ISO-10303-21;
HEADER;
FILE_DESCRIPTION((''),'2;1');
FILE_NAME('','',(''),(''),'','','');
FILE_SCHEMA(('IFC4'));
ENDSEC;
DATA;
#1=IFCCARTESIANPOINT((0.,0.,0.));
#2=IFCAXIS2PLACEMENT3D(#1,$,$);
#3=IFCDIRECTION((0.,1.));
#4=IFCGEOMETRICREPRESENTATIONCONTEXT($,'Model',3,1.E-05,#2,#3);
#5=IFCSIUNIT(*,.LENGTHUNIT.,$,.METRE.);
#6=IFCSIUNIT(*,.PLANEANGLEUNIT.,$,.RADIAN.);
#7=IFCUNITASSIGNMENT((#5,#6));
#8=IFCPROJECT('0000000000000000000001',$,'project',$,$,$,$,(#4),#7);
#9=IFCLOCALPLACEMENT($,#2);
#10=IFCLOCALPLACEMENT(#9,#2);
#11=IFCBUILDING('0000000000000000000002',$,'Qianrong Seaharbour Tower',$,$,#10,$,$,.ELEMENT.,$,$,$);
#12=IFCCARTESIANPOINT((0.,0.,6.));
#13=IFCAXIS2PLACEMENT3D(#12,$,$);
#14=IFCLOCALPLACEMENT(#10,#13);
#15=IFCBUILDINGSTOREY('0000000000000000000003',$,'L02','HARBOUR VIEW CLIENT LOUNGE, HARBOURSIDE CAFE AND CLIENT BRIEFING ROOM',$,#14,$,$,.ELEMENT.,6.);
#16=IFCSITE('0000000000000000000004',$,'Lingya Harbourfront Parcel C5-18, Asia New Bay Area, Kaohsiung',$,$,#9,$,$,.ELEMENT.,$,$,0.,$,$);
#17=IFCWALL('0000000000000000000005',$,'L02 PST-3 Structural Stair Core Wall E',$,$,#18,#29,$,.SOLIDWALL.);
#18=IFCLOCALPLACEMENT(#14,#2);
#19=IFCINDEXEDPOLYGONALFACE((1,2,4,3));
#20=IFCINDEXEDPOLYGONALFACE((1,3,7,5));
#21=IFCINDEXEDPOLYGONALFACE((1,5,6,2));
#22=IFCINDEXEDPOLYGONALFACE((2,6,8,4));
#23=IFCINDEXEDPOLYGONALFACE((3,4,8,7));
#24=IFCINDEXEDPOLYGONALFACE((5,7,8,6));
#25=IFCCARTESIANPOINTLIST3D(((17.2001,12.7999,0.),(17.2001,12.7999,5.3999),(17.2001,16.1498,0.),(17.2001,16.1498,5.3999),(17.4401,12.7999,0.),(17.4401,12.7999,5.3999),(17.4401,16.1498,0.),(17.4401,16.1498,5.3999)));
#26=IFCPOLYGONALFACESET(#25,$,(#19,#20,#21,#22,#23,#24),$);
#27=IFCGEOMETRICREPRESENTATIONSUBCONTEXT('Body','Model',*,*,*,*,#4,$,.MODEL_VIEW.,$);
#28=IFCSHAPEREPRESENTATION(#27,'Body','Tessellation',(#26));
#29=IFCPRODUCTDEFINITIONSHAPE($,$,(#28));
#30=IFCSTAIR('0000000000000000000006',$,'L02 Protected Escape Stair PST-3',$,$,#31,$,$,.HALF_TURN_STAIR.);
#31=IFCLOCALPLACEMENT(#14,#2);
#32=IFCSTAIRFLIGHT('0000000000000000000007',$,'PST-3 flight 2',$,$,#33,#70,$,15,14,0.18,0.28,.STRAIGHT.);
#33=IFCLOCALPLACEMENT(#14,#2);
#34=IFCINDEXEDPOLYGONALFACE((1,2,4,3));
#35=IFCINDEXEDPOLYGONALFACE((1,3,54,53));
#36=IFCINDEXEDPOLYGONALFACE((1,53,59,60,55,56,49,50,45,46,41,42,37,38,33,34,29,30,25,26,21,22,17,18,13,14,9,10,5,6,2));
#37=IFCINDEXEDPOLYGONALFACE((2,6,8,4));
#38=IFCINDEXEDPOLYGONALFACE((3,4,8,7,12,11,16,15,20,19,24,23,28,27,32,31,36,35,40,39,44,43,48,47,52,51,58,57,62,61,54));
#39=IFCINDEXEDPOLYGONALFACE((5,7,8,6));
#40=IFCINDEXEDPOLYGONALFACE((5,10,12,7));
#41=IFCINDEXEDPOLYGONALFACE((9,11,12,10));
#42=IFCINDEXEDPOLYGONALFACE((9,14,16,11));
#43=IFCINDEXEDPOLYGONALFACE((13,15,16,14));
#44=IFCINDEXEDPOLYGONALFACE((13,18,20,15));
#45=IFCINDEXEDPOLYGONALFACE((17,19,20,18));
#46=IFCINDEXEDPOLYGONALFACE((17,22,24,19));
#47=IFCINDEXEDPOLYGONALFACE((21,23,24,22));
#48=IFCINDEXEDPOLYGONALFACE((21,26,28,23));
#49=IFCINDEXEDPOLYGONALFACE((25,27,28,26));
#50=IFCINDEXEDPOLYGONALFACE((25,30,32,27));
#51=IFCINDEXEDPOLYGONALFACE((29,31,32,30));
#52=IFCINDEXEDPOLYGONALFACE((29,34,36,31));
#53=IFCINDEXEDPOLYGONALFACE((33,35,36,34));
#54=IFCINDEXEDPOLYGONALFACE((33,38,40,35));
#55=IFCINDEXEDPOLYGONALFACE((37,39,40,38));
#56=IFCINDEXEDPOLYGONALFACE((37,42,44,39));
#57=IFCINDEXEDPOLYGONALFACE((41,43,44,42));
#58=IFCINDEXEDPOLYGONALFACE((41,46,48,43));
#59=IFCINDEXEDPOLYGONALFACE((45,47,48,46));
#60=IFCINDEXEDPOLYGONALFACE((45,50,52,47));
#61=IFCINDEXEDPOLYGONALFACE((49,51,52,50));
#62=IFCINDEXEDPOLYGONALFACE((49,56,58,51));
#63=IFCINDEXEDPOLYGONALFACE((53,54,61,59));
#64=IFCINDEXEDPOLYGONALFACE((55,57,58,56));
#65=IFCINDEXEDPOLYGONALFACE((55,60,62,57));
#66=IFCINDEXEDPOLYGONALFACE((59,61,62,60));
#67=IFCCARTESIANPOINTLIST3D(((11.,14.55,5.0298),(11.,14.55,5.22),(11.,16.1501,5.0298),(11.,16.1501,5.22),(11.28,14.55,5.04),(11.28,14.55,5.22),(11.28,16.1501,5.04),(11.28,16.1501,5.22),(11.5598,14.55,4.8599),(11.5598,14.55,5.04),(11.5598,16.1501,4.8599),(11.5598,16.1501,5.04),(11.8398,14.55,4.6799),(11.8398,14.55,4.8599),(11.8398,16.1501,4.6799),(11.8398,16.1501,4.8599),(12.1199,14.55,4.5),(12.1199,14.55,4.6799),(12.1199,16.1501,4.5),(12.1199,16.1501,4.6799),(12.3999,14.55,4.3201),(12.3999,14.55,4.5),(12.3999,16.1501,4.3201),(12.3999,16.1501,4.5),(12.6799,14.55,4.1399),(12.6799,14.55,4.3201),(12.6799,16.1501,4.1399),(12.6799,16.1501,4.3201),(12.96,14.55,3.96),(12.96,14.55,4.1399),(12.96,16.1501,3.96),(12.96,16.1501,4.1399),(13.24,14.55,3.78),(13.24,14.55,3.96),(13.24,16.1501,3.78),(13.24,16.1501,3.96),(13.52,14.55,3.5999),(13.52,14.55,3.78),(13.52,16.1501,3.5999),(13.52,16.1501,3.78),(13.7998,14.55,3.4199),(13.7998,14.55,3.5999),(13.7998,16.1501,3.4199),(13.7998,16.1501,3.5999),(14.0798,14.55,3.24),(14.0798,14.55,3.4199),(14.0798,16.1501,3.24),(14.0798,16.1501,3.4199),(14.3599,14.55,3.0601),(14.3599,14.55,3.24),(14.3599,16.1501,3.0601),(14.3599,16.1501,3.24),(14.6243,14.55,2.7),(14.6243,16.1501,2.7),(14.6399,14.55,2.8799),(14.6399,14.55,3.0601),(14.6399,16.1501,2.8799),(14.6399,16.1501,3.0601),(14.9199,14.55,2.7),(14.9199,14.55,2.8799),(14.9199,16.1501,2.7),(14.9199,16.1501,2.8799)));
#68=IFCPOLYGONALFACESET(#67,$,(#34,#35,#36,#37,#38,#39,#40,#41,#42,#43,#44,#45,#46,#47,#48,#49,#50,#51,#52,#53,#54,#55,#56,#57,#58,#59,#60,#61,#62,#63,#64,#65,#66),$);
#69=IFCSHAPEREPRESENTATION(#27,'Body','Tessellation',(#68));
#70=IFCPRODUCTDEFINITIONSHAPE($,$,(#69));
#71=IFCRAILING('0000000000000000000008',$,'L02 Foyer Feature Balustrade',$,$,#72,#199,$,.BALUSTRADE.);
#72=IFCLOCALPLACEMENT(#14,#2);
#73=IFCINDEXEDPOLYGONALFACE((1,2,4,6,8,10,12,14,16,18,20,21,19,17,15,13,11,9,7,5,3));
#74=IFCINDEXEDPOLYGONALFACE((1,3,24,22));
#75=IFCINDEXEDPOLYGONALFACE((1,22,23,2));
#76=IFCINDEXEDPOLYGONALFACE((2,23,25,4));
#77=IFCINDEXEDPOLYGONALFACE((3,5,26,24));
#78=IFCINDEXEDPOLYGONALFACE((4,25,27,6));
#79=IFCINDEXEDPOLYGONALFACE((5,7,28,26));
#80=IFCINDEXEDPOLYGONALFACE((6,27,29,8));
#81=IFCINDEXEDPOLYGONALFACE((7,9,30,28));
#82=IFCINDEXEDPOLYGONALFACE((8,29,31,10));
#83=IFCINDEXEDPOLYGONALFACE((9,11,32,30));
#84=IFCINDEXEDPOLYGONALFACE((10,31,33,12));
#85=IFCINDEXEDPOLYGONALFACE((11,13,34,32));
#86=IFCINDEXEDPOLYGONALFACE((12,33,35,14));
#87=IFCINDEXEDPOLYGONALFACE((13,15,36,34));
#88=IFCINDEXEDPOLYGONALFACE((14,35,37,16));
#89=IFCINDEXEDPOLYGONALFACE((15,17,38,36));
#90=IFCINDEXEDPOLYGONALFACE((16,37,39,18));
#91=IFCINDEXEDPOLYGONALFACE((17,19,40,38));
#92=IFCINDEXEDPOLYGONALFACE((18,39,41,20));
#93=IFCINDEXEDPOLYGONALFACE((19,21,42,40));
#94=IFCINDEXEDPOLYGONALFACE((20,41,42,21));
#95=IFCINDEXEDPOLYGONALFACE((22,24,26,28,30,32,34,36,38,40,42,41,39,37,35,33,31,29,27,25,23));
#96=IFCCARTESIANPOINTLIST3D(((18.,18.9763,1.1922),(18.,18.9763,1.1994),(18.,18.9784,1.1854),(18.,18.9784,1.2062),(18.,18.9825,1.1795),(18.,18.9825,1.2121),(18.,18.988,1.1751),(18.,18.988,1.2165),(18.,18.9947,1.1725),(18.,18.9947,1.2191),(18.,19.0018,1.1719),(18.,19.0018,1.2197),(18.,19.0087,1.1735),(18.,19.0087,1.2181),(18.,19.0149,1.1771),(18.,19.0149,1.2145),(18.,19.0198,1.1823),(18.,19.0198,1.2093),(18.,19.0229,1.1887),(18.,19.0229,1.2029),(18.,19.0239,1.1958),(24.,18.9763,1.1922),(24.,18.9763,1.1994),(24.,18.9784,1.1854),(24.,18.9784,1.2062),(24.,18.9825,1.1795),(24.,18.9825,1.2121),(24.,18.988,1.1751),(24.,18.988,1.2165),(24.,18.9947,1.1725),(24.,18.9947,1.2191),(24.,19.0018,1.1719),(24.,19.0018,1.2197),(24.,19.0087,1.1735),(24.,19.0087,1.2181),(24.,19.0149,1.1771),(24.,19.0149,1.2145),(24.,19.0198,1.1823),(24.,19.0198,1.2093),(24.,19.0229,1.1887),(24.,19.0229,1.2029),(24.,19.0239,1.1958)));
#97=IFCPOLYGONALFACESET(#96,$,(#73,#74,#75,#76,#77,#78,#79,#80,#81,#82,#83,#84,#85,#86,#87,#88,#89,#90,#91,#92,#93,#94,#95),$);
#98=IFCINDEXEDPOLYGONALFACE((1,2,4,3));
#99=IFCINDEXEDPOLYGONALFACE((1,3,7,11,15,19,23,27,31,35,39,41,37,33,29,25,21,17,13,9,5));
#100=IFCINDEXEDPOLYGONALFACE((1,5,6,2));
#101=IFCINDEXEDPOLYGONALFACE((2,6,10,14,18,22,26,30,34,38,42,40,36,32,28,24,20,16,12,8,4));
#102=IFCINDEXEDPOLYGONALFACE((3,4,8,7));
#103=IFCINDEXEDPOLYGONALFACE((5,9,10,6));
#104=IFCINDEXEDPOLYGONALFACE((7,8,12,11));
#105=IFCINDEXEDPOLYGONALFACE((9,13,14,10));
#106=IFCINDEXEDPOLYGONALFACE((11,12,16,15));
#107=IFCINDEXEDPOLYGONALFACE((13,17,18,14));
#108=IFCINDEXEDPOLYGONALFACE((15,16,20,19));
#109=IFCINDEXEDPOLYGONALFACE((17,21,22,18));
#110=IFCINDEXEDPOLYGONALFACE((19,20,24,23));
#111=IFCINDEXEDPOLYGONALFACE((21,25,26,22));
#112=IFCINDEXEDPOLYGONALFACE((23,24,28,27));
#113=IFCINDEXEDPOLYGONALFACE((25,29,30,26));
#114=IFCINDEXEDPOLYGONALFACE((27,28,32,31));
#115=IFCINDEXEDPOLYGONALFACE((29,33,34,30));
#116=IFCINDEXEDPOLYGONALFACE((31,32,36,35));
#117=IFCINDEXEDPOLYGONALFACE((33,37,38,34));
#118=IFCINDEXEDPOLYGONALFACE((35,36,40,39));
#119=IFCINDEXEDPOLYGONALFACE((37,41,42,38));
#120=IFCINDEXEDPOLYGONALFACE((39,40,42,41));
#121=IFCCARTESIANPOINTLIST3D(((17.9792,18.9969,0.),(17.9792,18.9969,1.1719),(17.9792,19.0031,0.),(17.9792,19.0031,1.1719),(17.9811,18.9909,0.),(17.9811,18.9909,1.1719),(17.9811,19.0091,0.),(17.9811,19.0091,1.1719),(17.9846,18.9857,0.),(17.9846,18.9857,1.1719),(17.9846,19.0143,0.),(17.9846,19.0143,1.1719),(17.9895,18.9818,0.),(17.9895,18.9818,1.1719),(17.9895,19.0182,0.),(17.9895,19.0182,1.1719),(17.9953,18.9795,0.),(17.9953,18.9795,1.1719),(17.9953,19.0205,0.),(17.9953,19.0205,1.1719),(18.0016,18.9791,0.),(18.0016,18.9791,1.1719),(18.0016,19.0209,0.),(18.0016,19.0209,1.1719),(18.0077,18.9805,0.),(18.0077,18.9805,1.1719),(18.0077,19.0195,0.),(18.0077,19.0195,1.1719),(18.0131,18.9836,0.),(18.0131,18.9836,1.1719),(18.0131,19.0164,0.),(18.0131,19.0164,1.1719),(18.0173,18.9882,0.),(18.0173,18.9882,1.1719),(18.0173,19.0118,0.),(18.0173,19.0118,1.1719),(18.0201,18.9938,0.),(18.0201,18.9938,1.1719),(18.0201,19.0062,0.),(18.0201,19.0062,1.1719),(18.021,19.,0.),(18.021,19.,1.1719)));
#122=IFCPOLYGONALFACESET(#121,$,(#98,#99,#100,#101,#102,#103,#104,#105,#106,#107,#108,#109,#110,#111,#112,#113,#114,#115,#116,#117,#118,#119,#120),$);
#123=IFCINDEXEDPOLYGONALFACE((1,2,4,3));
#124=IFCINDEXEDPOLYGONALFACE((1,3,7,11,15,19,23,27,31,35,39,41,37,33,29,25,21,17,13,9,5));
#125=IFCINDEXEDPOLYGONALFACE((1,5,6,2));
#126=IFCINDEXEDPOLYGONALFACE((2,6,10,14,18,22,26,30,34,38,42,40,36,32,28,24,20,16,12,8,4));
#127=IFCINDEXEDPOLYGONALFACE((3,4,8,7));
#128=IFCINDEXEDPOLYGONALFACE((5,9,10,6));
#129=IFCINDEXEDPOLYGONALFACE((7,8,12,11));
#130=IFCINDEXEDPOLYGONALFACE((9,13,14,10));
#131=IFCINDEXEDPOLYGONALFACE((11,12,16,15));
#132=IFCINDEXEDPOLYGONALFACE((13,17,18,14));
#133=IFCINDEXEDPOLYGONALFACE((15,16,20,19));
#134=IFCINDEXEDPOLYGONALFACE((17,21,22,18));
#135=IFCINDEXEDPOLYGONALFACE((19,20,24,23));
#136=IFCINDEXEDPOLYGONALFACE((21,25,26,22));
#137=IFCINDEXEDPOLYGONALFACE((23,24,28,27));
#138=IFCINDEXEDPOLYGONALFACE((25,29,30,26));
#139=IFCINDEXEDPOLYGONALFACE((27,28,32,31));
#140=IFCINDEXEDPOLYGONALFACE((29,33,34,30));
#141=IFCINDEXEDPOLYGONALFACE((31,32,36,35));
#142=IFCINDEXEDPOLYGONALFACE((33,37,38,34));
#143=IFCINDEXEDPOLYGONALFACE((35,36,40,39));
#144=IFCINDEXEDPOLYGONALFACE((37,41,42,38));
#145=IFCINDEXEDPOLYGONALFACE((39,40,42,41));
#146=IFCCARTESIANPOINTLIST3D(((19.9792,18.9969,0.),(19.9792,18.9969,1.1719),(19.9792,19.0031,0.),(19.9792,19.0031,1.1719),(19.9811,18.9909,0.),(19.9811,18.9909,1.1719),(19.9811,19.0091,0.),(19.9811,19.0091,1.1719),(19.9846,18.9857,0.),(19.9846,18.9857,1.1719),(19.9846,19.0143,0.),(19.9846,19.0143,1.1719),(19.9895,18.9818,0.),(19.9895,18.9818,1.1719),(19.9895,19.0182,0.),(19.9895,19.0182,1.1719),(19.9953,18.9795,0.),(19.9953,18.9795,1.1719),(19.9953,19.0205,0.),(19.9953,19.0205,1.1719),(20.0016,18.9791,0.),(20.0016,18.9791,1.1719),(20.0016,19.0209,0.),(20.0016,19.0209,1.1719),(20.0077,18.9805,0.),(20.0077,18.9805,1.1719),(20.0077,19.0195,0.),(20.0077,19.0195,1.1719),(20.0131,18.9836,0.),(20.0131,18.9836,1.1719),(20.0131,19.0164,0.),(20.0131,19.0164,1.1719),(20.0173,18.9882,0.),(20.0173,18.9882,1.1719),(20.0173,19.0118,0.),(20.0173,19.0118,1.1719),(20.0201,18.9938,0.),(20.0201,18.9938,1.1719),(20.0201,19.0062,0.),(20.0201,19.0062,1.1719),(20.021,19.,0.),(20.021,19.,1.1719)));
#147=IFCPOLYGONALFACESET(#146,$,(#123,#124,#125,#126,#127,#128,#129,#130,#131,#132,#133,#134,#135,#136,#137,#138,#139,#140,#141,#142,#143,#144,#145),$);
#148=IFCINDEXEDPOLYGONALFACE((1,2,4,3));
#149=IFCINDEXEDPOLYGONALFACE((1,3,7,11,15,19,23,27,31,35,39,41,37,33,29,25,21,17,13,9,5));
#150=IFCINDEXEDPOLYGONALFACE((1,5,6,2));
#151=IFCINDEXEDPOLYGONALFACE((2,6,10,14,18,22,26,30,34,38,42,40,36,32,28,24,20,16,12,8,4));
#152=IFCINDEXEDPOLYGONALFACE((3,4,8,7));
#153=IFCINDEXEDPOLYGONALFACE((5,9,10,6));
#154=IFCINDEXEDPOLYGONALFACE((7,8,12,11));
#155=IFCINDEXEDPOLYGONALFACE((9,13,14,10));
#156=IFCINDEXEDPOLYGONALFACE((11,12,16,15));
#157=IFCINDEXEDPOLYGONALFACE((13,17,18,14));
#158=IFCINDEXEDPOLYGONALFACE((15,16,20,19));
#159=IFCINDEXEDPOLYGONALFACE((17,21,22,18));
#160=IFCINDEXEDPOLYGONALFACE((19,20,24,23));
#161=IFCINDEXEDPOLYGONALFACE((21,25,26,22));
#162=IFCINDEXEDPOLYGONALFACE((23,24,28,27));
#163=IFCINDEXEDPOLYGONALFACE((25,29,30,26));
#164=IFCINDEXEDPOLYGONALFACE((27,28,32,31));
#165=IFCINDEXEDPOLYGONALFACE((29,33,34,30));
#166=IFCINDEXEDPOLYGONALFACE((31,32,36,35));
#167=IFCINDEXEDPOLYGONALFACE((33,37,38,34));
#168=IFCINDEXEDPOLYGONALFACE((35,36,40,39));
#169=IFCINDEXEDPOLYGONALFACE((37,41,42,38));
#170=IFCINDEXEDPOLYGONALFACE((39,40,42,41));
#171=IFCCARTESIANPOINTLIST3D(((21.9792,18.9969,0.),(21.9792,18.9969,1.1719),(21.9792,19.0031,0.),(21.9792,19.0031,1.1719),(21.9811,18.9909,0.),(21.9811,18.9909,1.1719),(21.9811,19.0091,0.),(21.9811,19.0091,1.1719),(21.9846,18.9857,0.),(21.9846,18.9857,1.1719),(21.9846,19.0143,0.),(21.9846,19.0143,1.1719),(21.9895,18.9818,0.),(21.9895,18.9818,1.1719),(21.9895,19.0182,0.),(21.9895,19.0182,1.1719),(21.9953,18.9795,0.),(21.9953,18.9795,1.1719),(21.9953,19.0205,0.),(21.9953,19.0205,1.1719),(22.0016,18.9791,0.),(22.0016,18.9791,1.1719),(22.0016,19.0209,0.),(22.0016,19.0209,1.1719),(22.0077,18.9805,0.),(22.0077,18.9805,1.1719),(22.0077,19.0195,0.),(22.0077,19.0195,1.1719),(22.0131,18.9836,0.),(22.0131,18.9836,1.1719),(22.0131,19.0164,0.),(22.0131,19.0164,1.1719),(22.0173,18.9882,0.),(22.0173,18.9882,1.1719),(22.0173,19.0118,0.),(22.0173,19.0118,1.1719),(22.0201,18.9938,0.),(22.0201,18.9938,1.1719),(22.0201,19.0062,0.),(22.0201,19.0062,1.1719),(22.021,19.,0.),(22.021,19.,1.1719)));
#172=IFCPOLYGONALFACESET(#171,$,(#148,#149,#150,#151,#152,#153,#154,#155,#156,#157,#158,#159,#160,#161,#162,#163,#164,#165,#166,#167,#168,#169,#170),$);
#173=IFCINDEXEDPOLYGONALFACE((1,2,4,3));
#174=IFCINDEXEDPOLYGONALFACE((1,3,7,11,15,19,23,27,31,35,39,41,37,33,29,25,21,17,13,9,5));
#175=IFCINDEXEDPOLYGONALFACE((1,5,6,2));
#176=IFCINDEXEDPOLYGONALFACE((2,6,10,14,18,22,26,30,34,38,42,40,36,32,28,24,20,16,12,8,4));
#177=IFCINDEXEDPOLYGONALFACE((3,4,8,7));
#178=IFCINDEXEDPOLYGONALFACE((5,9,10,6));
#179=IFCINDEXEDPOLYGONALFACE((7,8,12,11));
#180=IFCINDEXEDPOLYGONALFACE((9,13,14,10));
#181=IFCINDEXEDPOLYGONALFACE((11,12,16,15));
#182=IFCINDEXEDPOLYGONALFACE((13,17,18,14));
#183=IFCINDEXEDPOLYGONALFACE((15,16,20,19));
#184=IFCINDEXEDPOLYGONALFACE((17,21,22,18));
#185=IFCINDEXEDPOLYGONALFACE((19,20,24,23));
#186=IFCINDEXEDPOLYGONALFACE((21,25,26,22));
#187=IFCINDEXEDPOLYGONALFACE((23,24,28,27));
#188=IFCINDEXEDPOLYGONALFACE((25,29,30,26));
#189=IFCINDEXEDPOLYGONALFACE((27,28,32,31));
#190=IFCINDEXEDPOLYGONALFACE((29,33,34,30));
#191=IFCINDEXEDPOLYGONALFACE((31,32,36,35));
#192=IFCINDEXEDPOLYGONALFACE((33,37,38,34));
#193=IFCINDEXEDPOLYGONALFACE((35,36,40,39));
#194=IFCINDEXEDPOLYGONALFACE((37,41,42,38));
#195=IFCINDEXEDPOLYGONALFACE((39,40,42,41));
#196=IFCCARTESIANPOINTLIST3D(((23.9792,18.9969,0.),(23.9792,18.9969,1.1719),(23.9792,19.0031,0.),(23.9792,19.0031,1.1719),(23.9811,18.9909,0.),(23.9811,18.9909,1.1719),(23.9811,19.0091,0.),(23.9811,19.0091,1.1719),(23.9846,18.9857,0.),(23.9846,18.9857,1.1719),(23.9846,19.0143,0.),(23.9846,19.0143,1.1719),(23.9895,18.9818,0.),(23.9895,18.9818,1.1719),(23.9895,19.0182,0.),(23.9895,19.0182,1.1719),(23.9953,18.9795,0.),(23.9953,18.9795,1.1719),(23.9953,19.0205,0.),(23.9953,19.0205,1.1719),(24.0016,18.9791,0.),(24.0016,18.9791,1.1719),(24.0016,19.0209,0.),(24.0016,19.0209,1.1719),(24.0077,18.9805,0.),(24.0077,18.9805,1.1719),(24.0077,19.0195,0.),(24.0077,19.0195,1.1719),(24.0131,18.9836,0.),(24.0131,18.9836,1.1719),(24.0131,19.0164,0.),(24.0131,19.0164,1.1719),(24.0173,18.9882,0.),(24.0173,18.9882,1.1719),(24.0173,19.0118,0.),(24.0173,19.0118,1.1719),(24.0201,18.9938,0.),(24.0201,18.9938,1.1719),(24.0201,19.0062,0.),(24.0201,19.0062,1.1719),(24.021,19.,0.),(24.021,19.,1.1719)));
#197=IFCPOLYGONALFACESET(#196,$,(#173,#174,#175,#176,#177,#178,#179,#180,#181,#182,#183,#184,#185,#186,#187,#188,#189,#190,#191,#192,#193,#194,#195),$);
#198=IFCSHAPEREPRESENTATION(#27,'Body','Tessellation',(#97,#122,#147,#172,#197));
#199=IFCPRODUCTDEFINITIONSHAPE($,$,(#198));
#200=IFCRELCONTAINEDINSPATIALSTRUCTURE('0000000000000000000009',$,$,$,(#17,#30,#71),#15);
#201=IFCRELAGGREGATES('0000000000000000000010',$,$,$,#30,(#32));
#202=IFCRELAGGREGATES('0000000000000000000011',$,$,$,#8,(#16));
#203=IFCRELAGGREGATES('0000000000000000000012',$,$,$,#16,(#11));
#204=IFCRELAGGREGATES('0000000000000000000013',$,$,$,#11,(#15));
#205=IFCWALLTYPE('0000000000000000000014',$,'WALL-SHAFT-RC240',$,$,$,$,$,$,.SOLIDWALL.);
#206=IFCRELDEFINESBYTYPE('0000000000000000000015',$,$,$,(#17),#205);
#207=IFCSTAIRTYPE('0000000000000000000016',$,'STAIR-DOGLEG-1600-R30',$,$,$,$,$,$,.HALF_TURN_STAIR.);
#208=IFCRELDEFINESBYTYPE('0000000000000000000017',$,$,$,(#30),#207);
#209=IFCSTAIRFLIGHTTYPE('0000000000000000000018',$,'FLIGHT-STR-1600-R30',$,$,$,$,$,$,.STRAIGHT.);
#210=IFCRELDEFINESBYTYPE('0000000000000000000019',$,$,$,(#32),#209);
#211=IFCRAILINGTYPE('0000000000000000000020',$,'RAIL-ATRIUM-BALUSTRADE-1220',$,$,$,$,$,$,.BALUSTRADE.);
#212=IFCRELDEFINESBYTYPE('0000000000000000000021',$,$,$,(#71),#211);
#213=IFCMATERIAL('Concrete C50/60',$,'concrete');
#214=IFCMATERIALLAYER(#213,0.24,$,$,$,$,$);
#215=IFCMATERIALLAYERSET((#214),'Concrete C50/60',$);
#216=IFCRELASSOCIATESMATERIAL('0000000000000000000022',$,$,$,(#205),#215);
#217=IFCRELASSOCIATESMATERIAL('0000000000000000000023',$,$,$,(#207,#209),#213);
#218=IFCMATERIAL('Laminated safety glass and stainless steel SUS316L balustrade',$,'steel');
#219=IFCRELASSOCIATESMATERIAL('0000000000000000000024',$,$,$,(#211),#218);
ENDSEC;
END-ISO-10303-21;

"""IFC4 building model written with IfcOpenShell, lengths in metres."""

from ifc_helpers import new_model, si_unit, direction, frame, frame_2d, origin, origin_2d, place, context, subcontext, project, spatial, polyline, rectangle, circle, outline, extrude, material, layer, layer_set, type_object, element, aggregate, save


model = new_model("IFC4")

# Units and contexts
model_context = context("Model", 3, precision=1e-05, world=origin(), true_north=direction((0.0, 1.0)))
body_context = subcontext(model_context, "Body", "Model", "MODEL_VIEW")
ifc_project = project(units=[si_unit("LENGTHUNIT", "METRE"), si_unit("PLANEANGLEUNIT", "RADIAN")], contexts=[model_context])

# Site, building, storey
site_placement = place(None, origin())
site = spatial("IfcSite", under=ifc_project, at=site_placement, Name="Lingya Harbourfront Parcel C5-18, Asia New Bay Area, Kaohsiung", CompositionType="ELEMENT", RefElevation=0.0)
building_placement = place(site_placement, origin())
building = spatial("IfcBuilding", under=site, at=building_placement, Name="Qianrong Seaharbour Tower", CompositionType="ELEMENT")
storey_placement = place(building_placement, frame((0.0, 0.0, 6.0)))
storey = spatial("IfcBuildingStorey", under=building, at=storey_placement, Name="L02", Description="HARBOUR VIEW CLIENT LOUNGE, HARBOURSIDE CAFE AND CLIENT BRIEFING ROOM", CompositionType="ELEMENT", Elevation=6.0)

# Wall
ifc_material_1 = material(Name="Concrete C50/60", Category="concrete")
ifc_layer_1 = layer(ifc_material_1, 0.24)
ifc_layer_set_1 = layer_set([ifc_layer_1], Name="Concrete C50/60")
wall_type_1 = type_object("IfcWallType", Name="WALL-SHAFT-RC240", PredefinedType="SOLIDWALL", material=ifc_layer_set_1)
wall_1_placement = place(storey_placement, frame((17.3201, 12.8, 0.0), z_axis=(0.0, 0.0, 1.0), x_axis=(0.0, 1.0, 0.0)))
element("IfcWall", 1, at=wall_1_placement, inside=storey, type_object=wall_type_1, Name="L02 PST-3 Structural Stair Core Wall E", PredefinedType="SOLIDWALL", context=body_context, shape_type="SweptSolid", body=[
    extrude(rectangle(XDim=3.3499, YDim=0.24, at=frame_2d((1.6748, 0.0))), origin(), (0.0, 0.0, 1.0), 5.3999),
])

# Stair, stair flight
stair_type = type_object("IfcStairType", Name="STAIR-DOGLEG-1600-R30", PredefinedType="HALF_TURN_STAIR", material=ifc_material_1)
stair_placement = place(storey_placement, origin())
stair = element("IfcStair", 2, at=stair_placement, inside=storey, type_object=stair_type, Name="L02 Protected Escape Stair PST-3", PredefinedType="HALF_TURN_STAIR")
stair_flight_type = type_object("IfcStairFlightType", Name="FLIGHT-STR-1600-R30", PredefinedType="STRAIGHT", material=ifc_material_1)
stair_flight_placement = place(storey_placement, frame((14.9199, 15.3501, 2.7), z_axis=(0.0, 0.0, 1.0), x_axis=(-1.0, 0.0, 0.0)))
stair_flight = element("IfcStairFlight", 3, at=stair_flight_placement, type_object=stair_flight_type, Name="PST-3 flight 2", NumberOfRisers=15, NumberOfTreads=14, PredefinedType="STRAIGHT", RiserHeight=0.18, TreadLength=0.28, context=body_context, shape_type="SweptSolid", body=[
    extrude(outline(polyline([(0.0, 0.0), (0.0, 0.1799), (0.28, 0.1799), (0.28, 0.3601), (0.5601, 0.3601), (0.5601, 0.54), (0.8401, 0.54), (0.8401, 0.72), (1.1201, 0.72), (1.1201, 0.8999), (1.3999, 0.8999), (1.3999, 1.0801), (1.6799, 1.0801), (1.6799, 1.26), (1.96, 1.26), (1.96, 1.4399), (2.24, 1.4399), (2.24, 1.6201), (2.52, 1.6201), (2.52, 1.8), (2.8, 1.8), (2.8, 1.98), (3.0801, 1.98), (3.0801, 2.1599), (3.3601, 2.1599), (3.3601, 2.3401), (3.6399, 2.3401), (3.6399, 2.52), (3.9199, 2.52), (3.9199, 2.7), (3.9199, 2.3298), (0.2957, 0.0), (0.0, 0.0)])), frame((0.0, 0.8, 0.0), z_axis=(0.0, -1.0, 0.0), x_axis=(1.0, 0.0, 0.0)), (0.0, 0.0, 1.0), 1.6001),
])
aggregate(stair, [stair_flight])

# Railing
ifc_material_2 = material(Name="Laminated safety glass and stainless steel SUS316L balustrade", Category="steel")
railing_type_1 = type_object("IfcRailingType", Name="RAIL-ATRIUM-BALUSTRADE-1220", PredefinedType="BALUSTRADE", material=ifc_material_2)
railing_1_placement = place(storey_placement, frame((18.0, 19.0, 0.0)))
element("IfcRailing", 4, at=railing_1_placement, inside=storey, type_object=railing_type_1, Name="L02 Foyer Feature Balustrade", PredefinedType="BALUSTRADE", context=body_context, shape_type="SweptSolid", body=[
    extrude(circle(Radius=0.0239, at=origin_2d()), frame((0.0, 0.0, 1.1958), z_axis=(1.0, 0.0, 0.0), x_axis=(0.0, 1.0, 0.0)), (0.0, 0.0, 1.0), 6.0),
    extrude(circle(Radius=0.021, at=origin_2d()), origin(), (0.0, 0.0, 1.0), 1.1719),
    extrude(circle(Radius=0.021, at=origin_2d()), frame((2.0, 0.0, 0.0)), (0.0, 0.0, 1.0), 1.1719),
    extrude(circle(Radius=0.021, at=origin_2d()), frame((4.0, 0.0, 0.0)), (0.0, 0.0, 1.0), 1.1719),
    extrude(circle(Radius=0.021, at=origin_2d()), frame((6.0, 0.0, 0.0)), (0.0, 0.0, 1.0), 1.1719),
])

save(model, "model.ifc")
